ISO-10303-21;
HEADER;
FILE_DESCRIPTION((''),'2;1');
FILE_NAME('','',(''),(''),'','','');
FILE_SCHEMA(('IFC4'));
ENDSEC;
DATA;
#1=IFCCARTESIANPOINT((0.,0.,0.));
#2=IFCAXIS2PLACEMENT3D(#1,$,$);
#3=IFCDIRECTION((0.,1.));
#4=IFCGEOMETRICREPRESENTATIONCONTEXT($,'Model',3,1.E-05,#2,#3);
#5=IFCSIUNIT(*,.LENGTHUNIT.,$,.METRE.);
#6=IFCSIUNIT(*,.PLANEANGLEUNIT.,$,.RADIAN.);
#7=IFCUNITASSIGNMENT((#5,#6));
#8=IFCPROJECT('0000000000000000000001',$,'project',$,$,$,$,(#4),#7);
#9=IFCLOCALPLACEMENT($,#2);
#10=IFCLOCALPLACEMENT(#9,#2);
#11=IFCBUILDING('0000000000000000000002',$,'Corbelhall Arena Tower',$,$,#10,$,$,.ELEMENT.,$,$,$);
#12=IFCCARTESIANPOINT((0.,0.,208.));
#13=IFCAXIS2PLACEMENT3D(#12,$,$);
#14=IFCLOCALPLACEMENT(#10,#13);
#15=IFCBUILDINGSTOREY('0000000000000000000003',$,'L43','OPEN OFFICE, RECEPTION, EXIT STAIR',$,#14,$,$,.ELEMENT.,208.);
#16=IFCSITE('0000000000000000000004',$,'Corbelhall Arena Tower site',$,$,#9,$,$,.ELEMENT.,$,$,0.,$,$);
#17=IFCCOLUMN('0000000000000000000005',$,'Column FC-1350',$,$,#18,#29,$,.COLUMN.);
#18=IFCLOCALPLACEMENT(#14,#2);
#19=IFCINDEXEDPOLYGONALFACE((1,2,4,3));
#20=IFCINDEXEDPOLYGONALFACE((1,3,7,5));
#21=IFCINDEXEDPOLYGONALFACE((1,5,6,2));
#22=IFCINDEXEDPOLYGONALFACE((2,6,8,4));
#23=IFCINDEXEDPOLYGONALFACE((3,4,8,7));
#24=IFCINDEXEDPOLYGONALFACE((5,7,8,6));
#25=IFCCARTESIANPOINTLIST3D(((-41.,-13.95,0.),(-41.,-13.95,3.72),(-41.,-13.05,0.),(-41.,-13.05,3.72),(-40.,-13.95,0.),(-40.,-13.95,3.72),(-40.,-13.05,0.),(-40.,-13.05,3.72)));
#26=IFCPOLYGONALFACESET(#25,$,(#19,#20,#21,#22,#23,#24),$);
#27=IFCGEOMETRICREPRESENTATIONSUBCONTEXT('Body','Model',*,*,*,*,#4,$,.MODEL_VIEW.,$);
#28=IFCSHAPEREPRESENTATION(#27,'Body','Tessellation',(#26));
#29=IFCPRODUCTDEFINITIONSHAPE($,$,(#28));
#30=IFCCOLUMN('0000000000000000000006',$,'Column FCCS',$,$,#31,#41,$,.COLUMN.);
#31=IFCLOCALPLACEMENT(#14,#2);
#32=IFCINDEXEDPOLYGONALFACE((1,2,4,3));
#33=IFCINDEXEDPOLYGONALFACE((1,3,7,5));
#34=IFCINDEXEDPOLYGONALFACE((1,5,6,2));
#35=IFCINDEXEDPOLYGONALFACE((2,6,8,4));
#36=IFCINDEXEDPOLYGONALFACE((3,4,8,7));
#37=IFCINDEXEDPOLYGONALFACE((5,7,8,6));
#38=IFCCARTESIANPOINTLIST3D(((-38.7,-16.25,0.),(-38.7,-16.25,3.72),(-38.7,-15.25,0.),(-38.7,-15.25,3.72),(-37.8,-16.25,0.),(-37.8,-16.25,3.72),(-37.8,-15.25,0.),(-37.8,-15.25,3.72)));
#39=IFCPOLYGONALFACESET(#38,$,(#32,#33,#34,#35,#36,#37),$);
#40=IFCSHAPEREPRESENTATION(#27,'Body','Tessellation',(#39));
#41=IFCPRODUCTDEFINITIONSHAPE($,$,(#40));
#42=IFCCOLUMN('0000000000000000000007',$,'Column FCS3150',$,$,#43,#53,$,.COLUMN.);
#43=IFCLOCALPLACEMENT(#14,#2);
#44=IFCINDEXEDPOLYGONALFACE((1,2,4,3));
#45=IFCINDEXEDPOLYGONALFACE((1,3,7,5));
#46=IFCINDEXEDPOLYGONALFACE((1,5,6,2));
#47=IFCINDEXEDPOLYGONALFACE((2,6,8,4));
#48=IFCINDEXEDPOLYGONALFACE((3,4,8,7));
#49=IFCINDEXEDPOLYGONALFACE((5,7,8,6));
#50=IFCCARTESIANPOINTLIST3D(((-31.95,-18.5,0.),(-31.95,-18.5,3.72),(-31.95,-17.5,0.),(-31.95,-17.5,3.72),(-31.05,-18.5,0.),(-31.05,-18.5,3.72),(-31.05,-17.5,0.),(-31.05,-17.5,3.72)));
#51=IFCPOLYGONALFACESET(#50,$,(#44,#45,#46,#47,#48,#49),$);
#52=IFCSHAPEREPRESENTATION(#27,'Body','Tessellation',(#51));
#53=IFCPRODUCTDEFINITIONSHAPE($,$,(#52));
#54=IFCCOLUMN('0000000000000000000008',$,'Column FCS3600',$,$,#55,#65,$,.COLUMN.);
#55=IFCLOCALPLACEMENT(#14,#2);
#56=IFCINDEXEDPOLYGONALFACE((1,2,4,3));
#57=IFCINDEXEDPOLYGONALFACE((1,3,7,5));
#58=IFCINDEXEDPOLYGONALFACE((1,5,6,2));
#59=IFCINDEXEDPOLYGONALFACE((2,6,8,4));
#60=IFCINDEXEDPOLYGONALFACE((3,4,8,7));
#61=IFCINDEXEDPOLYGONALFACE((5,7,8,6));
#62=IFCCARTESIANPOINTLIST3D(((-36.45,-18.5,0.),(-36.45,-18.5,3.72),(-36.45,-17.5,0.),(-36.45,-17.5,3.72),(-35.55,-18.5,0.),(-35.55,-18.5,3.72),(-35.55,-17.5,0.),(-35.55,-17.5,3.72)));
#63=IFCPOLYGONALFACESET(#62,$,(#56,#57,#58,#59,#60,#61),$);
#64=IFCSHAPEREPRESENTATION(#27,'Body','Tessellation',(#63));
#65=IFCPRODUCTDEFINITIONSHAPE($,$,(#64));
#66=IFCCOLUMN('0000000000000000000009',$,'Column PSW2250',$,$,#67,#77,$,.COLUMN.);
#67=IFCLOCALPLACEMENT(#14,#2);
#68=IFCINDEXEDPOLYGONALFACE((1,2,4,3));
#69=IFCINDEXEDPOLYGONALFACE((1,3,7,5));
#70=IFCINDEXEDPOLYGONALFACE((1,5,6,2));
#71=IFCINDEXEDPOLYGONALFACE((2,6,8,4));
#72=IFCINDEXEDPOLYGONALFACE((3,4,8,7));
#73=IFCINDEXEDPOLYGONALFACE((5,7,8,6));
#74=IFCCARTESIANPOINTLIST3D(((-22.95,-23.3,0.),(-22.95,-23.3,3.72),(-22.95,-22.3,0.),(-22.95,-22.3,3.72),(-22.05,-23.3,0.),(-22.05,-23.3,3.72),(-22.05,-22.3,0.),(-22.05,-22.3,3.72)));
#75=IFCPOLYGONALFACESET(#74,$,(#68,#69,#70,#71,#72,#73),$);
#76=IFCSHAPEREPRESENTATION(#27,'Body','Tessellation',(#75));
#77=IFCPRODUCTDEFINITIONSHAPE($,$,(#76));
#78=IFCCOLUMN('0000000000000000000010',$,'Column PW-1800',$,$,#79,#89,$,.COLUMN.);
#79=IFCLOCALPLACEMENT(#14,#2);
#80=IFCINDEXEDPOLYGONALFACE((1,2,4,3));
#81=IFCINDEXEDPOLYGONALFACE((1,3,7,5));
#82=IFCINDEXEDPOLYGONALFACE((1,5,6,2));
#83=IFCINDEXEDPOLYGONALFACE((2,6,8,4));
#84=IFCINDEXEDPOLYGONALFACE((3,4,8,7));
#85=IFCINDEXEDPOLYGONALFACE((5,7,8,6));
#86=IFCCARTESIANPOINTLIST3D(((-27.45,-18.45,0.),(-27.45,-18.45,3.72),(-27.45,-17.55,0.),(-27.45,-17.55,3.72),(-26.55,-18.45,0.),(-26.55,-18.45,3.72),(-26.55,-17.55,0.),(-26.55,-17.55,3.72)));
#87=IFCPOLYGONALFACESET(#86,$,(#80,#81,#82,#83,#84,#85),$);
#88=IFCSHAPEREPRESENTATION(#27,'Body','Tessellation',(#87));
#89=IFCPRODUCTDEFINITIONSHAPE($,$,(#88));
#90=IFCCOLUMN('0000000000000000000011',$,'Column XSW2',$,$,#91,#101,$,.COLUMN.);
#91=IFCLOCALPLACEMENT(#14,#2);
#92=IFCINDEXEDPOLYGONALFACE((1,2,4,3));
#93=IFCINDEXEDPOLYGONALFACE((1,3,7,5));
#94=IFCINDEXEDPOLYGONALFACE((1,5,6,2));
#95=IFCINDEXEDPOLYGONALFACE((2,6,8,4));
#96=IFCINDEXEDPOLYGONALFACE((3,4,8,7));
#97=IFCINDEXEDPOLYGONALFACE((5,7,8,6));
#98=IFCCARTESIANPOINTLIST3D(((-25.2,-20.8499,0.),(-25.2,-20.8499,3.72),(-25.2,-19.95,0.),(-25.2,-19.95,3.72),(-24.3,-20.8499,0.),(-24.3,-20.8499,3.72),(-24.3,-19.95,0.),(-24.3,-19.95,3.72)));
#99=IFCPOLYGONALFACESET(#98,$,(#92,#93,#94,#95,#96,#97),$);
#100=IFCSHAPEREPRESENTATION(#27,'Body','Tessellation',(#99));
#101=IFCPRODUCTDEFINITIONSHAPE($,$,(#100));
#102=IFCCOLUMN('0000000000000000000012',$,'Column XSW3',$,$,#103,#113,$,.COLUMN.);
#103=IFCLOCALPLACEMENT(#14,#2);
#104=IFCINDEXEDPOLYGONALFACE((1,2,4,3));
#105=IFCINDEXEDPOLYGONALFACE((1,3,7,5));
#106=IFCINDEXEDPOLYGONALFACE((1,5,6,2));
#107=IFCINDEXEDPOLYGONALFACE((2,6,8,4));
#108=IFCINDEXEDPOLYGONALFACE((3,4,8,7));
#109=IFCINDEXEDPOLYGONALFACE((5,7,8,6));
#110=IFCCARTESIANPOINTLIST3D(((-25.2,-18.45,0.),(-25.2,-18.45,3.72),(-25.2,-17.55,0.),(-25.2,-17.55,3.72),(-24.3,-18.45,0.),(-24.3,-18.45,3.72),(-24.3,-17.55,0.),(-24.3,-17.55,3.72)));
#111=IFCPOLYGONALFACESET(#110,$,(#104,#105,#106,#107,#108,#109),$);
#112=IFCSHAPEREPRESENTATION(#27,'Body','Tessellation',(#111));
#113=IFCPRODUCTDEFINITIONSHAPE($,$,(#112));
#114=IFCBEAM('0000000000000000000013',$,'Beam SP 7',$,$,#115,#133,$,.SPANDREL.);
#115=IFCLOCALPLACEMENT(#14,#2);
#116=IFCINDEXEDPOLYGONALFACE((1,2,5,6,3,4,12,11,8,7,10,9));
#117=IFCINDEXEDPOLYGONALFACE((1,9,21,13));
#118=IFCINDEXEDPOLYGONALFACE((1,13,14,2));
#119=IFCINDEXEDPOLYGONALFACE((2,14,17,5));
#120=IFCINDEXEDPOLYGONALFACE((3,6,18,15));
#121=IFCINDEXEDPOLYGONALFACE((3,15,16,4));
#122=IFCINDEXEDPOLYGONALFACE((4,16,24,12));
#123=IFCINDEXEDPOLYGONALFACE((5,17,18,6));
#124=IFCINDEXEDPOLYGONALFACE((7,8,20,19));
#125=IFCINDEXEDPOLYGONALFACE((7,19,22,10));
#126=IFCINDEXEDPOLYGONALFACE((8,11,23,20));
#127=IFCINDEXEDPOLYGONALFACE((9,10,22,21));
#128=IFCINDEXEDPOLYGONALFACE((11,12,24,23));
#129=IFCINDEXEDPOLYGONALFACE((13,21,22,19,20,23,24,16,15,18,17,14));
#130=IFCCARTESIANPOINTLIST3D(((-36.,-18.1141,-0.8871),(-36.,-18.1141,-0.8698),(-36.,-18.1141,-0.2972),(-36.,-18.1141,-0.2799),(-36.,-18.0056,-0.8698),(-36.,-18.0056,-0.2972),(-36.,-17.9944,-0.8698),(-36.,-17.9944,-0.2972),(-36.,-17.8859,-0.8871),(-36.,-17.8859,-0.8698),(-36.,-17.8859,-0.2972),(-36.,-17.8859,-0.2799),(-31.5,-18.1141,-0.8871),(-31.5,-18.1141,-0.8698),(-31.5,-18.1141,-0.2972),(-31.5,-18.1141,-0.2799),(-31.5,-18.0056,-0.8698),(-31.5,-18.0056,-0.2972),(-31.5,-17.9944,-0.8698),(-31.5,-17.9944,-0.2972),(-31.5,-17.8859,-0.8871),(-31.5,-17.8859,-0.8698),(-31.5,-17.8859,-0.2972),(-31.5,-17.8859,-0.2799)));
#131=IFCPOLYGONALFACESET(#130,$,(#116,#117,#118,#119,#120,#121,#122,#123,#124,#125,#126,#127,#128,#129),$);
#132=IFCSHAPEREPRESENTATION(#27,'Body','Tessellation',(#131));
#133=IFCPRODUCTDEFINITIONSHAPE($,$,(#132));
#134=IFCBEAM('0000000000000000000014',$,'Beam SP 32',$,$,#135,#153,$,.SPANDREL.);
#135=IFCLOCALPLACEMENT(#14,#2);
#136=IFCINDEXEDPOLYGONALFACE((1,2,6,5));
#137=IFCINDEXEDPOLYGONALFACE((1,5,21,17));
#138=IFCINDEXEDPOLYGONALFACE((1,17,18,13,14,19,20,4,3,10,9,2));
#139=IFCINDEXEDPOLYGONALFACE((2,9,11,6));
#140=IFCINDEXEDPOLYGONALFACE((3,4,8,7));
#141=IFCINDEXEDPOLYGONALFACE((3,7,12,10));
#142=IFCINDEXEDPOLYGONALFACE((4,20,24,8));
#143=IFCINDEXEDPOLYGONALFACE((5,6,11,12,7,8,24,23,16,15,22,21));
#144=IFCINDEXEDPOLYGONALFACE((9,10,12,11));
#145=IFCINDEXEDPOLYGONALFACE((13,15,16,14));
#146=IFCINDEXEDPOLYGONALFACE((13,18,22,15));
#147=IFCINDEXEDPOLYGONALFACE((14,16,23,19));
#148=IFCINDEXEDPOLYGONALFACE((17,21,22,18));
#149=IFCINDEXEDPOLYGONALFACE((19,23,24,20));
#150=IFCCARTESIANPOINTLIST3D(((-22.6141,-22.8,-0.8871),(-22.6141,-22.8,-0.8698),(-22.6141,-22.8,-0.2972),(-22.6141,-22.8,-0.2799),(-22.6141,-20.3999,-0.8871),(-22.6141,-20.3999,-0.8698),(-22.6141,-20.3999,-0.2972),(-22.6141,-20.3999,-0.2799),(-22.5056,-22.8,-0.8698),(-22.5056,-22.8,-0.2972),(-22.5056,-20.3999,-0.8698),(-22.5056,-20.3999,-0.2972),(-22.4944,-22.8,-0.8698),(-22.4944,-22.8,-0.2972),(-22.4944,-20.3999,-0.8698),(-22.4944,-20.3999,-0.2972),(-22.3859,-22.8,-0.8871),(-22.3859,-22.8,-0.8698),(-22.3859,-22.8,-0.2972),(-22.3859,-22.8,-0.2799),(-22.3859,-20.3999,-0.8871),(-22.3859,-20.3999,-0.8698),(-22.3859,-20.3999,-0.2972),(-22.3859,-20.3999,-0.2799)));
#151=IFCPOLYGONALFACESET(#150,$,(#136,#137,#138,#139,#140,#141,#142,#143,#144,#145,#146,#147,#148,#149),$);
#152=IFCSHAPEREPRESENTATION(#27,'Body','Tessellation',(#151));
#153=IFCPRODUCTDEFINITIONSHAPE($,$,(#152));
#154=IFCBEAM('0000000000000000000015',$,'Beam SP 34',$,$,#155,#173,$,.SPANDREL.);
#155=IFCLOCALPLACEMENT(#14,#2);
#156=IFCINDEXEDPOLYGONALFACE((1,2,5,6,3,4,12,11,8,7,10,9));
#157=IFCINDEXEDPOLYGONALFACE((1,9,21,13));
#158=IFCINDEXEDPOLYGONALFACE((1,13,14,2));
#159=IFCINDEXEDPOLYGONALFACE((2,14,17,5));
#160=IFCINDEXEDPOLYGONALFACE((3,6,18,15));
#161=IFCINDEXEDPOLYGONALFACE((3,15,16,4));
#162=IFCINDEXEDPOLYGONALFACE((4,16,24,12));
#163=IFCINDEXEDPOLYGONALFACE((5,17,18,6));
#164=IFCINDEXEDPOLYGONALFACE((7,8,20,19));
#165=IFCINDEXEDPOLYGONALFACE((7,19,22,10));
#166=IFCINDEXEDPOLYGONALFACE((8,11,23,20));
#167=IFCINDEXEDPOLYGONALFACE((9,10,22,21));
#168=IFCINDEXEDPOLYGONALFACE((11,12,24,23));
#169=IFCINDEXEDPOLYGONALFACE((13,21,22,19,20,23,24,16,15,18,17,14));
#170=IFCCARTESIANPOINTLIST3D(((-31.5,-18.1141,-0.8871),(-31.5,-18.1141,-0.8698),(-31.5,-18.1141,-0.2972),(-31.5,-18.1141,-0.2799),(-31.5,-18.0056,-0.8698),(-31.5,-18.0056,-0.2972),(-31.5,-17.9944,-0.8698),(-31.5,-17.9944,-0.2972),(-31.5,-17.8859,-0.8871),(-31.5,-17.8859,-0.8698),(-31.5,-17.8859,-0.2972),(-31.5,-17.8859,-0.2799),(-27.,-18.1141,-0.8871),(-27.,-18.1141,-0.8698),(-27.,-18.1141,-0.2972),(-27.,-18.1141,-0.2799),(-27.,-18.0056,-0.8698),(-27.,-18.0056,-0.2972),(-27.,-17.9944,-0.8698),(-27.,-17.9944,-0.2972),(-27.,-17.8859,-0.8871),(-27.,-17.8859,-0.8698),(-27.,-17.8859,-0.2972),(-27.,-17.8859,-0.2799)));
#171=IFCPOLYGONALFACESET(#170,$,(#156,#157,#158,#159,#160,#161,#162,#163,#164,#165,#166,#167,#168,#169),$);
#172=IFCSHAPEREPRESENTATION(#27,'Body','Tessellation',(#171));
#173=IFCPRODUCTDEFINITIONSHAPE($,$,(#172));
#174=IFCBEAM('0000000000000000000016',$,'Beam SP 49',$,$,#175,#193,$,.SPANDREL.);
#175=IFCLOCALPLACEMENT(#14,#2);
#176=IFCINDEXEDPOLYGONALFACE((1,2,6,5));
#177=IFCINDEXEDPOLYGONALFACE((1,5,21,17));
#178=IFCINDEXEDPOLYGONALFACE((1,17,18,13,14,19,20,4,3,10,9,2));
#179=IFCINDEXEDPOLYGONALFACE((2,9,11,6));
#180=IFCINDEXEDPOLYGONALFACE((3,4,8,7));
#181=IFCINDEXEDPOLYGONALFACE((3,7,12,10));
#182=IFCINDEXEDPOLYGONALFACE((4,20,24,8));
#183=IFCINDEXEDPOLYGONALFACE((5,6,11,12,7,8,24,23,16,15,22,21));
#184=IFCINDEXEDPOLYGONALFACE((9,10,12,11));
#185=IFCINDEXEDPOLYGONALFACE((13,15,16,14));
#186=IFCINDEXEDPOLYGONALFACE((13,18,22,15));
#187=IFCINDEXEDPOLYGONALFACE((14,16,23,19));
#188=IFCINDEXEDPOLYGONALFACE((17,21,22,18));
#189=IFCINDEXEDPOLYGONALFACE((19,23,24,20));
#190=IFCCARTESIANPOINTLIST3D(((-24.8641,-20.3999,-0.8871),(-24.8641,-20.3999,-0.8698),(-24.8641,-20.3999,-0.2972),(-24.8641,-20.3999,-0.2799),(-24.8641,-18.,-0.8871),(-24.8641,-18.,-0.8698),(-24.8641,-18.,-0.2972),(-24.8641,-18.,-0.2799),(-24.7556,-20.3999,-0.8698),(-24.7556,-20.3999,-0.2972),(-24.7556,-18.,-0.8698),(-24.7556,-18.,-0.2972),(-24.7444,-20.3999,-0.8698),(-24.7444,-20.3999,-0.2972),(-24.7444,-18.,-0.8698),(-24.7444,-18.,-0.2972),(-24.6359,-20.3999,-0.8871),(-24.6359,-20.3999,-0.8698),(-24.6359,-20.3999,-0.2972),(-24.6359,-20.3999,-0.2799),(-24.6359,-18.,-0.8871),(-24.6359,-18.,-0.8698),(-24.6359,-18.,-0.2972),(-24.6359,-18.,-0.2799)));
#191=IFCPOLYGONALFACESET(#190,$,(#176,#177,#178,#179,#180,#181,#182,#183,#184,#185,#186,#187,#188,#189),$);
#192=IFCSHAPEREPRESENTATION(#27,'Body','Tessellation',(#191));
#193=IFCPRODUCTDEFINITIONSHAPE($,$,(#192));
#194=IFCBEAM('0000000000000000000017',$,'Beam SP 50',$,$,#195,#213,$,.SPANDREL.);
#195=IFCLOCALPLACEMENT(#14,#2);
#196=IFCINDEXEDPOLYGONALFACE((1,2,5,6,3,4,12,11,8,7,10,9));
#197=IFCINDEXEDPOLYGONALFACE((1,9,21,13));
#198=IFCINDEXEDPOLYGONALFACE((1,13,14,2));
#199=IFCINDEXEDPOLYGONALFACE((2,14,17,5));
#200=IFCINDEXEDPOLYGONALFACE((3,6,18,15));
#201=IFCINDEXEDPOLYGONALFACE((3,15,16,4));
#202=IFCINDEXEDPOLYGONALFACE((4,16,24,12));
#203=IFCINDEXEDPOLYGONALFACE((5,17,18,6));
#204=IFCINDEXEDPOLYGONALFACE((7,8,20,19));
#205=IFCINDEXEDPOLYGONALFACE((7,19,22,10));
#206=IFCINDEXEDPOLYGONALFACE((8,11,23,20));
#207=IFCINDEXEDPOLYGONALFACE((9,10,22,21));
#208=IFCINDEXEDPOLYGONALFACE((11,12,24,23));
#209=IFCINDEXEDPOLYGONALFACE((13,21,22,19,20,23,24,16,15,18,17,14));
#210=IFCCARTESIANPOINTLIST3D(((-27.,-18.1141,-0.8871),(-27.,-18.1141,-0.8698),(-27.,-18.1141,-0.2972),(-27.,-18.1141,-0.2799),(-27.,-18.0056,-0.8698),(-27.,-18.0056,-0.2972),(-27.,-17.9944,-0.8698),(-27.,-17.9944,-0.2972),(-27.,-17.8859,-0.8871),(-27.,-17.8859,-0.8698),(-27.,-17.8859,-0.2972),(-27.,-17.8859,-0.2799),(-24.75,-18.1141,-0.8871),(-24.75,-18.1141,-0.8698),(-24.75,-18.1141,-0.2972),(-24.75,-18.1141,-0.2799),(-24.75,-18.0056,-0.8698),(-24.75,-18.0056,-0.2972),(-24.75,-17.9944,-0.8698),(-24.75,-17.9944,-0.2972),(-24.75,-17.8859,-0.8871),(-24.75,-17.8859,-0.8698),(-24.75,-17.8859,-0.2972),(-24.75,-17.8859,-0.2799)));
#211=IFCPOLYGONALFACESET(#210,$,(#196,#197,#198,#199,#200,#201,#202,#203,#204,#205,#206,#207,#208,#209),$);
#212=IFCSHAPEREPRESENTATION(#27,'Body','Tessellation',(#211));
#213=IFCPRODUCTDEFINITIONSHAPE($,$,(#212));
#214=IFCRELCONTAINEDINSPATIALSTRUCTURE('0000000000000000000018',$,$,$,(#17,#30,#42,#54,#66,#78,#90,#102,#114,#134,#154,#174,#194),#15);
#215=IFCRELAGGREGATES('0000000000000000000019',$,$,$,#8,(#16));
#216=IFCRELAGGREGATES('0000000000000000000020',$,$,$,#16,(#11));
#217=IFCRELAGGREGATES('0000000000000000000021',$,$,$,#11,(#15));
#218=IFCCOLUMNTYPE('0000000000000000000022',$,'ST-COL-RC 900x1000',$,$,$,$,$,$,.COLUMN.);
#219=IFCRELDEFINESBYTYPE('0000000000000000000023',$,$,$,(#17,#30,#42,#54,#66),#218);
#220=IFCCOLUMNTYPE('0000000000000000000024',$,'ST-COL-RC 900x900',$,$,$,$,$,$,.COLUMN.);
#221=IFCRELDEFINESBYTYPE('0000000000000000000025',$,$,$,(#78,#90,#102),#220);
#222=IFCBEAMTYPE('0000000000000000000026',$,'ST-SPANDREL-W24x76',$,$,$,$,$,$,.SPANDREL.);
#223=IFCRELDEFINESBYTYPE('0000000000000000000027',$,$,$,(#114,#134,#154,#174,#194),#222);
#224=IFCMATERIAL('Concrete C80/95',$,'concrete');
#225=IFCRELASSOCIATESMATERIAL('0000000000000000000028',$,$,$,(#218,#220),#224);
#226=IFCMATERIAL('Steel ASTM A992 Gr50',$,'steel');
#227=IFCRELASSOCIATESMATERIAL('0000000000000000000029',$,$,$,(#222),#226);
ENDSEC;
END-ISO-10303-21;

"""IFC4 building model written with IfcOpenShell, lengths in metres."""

from ifc_helpers import new_model, si_unit, direction, frame, origin, origin_2d, place, context, subcontext, project, spatial, rectangle, i_section, extrude, material, material_profile, profile_set, type_object, element, save


model = new_model("IFC4")

# Units and contexts
model_context = context("Model", 3, precision=1e-05, world=origin(), true_north=direction((0.0, 1.0)))
body_context = subcontext(model_context, "Body", "Model", "MODEL_VIEW")
ifc_project = project(units=[si_unit("LENGTHUNIT", "METRE"), si_unit("PLANEANGLEUNIT", "RADIAN")], contexts=[model_context])

# Site, building, storey
site_placement = place(None, origin())
site = spatial("IfcSite", under=ifc_project, at=site_placement, Name="Corbelhall Arena Tower site", CompositionType="ELEMENT", RefElevation=0.0)
building_placement = place(site_placement, origin())
building = spatial("IfcBuilding", under=site, at=building_placement, Name="Corbelhall Arena Tower", CompositionType="ELEMENT")
storey_placement = place(building_placement, frame((0.0, 0.0, 208.0)))
storey = spatial("IfcBuildingStorey", under=building, at=storey_placement, Name="L43", Description="OPEN OFFICE, RECEPTION, EXIT STAIR", CompositionType="ELEMENT", Elevation=208.0)

# Columns
ifc_material_1 = material(Name="Concrete C80/95", Category="concrete")
ifc_material_profile_1 = material_profile(ifc_material_1, rectangle(XDim=0.8999, YDim=1.0, at=origin_2d()))
ifc_profile_set_1 = profile_set([ifc_material_profile_1], Name="Concrete C80/95")
column_type_1 = type_object("IfcColumnType", Name="ST-COL-RC 900x1000", PredefinedType="COLUMN", material=ifc_profile_set_1)
for number, where, z_axis, x_axis, name in (
    (1, (-40.5, -13.5, 0.0), (0.0, 0.0, 1.0), (0.0, 1.0, 0.0), "Column FC-1350"),
    (2, (-38.25, -15.75, 0.0), (0.0, 0.0, 1.0), (1.0, 0.0, 0.0), "Column FCCS"),
    (3, (-31.5, -18.0, 0.0), (0.0, 0.0, 1.0), (1.0, 0.0, 0.0), "Column FCS3150"),
    (4, (-36.0, -18.0, 0.0), (0.0, 0.0, 1.0), (1.0, 0.0, 0.0), "Column FCS3600"),
    (5, (-22.5, -22.8, 0.0), (0.0, 0.0, 1.0), (1.0, 0.0, 0.0), "Column PSW2250"),
):
    element("IfcColumn", number, at=place(storey_placement, frame(where, z_axis=z_axis, x_axis=x_axis)), inside=storey, type_object=column_type_1, Name=name, PredefinedType="COLUMN", context=body_context, shape_type="SweptSolid", body=[
        extrude(rectangle(XDim=0.8999, YDim=1.0, at=origin_2d()), origin(), (0.0, 0.0, 1.0), 3.72),
    ])
ifc_material_profile_2 = material_profile(ifc_material_1, rectangle(XDim=0.8999, YDim=0.8999, at=origin_2d()))
ifc_profile_set_2 = profile_set([ifc_material_profile_2], Name="Concrete C80/95")
column_type_2 = type_object("IfcColumnType", Name="ST-COL-RC 900x900", PredefinedType="COLUMN", material=ifc_profile_set_2)
for number, where, z_axis, x_axis, name in (
    (6, (-27.0, -18.0, 0.0), (0.0, 0.0, 1.0), (1.0, 0.0, 0.0), "Column PW-1800"),
    (7, (-24.75, -20.3999, 0.0), (0.0, 0.0, 1.0), (1.0, 0.0, 0.0), "Column XSW2"),
    (8, (-24.75, -18.0, 0.0), (0.0, 0.0, 1.0), (1.0, 0.0, 0.0), "Column XSW3"),
):
    element("IfcColumn", number, at=place(storey_placement, frame(where, z_axis=z_axis, x_axis=x_axis)), inside=storey, type_object=column_type_2, Name=name, PredefinedType="COLUMN", context=body_context, shape_type="SweptSolid", body=[
        extrude(rectangle(XDim=0.8999, YDim=0.8999, at=origin_2d()), origin(), (0.0, 0.0, 1.0), 3.72),
    ])

# Beams
ifc_material_2 = material(Name="Steel ASTM A992 Gr50", Category="steel")
ifc_material_profile_3 = material_profile(ifc_material_2, i_section(OverallWidth=0.2283, OverallDepth=0.6072, WebThickness=0.0112, FlangeThickness=0.0173, at=origin_2d()))
ifc_profile_set_3 = profile_set([ifc_material_profile_3], Name="Steel ASTM A992 Gr50")
beam_type = type_object("IfcBeamType", Name="ST-SPANDREL-W24x76", PredefinedType="SPANDREL", material=ifc_profile_set_3)
beam_1_placement = place(storey_placement, frame((-31.5, -18.0, -0.5835), z_axis=(-1.0, 0.0, 0.0), x_axis=(0.0, -1.0, 0.0)))
element("IfcBeam", 9, at=beam_1_placement, inside=storey, type_object=beam_type, Name="Beam SP 7", PredefinedType="SPANDREL", context=body_context, shape_type="SweptSolid", body=[
    extrude(i_section(OverallWidth=0.2283, OverallDepth=0.6072, WebThickness=0.0112, FlangeThickness=0.0173, at=origin_2d()), origin(), (0.0, 0.0, 1.0), 4.5),
])
beam_2_placement = place(storey_placement, frame((-22.5, -22.8, -0.5835), z_axis=(0.0, 1.0, 0.0), x_axis=(-1.0, 0.0, 0.0)))
element("IfcBeam", 10, at=beam_2_placement, inside=storey, type_object=beam_type, Name="Beam SP 32", PredefinedType="SPANDREL", context=body_context, shape_type="SweptSolid", body=[
    extrude(i_section(OverallWidth=0.2283, OverallDepth=0.6072, WebThickness=0.0112, FlangeThickness=0.0173, at=origin_2d()), origin(), (0.0, 0.0, 1.0), 2.4001),
])
beam_3_placement = place(storey_placement, frame((-27.0, -18.0, -0.5835), z_axis=(-1.0, 0.0, 0.0), x_axis=(0.0, -1.0, 0.0)))
element("IfcBeam", 11, at=beam_3_placement, inside=storey, type_object=beam_type, Name="Beam SP 34", PredefinedType="SPANDREL", context=body_context, shape_type="SweptSolid", body=[
    extrude(i_section(OverallWidth=0.2283, OverallDepth=0.6072, WebThickness=0.0112, FlangeThickness=0.0173, at=origin_2d()), origin(), (0.0, 0.0, 1.0), 4.5),
])
beam_4_placement = place(storey_placement, frame((-24.75, -20.3999, -0.5835), z_axis=(0.0, 1.0, 0.0), x_axis=(-1.0, 0.0, 0.0)))
element("IfcBeam", 12, at=beam_4_placement, inside=storey, type_object=beam_type, Name="Beam SP 49", PredefinedType="SPANDREL", context=body_context, shape_type="SweptSolid", body=[
    extrude(i_section(OverallWidth=0.2283, OverallDepth=0.6072, WebThickness=0.0112, FlangeThickness=0.0173, at=origin_2d()), origin(), (0.0, 0.0, 1.0), 2.3999),
])
beam_5_placement = place(storey_placement, frame((-24.75, -18.0, -0.5835), z_axis=(-1.0, 0.0, 0.0), x_axis=(0.0, -1.0, 0.0)))
element("IfcBeam", 13, at=beam_5_placement, inside=storey, type_object=beam_type, Name="Beam SP 50", PredefinedType="SPANDREL", context=body_context, shape_type="SweptSolid", body=[
    extrude(i_section(OverallWidth=0.2283, OverallDepth=0.6072, WebThickness=0.0112, FlangeThickness=0.0173, at=origin_2d()), origin(), (0.0, 0.0, 1.0), 2.25),
])

save(model, "model.ifc")
